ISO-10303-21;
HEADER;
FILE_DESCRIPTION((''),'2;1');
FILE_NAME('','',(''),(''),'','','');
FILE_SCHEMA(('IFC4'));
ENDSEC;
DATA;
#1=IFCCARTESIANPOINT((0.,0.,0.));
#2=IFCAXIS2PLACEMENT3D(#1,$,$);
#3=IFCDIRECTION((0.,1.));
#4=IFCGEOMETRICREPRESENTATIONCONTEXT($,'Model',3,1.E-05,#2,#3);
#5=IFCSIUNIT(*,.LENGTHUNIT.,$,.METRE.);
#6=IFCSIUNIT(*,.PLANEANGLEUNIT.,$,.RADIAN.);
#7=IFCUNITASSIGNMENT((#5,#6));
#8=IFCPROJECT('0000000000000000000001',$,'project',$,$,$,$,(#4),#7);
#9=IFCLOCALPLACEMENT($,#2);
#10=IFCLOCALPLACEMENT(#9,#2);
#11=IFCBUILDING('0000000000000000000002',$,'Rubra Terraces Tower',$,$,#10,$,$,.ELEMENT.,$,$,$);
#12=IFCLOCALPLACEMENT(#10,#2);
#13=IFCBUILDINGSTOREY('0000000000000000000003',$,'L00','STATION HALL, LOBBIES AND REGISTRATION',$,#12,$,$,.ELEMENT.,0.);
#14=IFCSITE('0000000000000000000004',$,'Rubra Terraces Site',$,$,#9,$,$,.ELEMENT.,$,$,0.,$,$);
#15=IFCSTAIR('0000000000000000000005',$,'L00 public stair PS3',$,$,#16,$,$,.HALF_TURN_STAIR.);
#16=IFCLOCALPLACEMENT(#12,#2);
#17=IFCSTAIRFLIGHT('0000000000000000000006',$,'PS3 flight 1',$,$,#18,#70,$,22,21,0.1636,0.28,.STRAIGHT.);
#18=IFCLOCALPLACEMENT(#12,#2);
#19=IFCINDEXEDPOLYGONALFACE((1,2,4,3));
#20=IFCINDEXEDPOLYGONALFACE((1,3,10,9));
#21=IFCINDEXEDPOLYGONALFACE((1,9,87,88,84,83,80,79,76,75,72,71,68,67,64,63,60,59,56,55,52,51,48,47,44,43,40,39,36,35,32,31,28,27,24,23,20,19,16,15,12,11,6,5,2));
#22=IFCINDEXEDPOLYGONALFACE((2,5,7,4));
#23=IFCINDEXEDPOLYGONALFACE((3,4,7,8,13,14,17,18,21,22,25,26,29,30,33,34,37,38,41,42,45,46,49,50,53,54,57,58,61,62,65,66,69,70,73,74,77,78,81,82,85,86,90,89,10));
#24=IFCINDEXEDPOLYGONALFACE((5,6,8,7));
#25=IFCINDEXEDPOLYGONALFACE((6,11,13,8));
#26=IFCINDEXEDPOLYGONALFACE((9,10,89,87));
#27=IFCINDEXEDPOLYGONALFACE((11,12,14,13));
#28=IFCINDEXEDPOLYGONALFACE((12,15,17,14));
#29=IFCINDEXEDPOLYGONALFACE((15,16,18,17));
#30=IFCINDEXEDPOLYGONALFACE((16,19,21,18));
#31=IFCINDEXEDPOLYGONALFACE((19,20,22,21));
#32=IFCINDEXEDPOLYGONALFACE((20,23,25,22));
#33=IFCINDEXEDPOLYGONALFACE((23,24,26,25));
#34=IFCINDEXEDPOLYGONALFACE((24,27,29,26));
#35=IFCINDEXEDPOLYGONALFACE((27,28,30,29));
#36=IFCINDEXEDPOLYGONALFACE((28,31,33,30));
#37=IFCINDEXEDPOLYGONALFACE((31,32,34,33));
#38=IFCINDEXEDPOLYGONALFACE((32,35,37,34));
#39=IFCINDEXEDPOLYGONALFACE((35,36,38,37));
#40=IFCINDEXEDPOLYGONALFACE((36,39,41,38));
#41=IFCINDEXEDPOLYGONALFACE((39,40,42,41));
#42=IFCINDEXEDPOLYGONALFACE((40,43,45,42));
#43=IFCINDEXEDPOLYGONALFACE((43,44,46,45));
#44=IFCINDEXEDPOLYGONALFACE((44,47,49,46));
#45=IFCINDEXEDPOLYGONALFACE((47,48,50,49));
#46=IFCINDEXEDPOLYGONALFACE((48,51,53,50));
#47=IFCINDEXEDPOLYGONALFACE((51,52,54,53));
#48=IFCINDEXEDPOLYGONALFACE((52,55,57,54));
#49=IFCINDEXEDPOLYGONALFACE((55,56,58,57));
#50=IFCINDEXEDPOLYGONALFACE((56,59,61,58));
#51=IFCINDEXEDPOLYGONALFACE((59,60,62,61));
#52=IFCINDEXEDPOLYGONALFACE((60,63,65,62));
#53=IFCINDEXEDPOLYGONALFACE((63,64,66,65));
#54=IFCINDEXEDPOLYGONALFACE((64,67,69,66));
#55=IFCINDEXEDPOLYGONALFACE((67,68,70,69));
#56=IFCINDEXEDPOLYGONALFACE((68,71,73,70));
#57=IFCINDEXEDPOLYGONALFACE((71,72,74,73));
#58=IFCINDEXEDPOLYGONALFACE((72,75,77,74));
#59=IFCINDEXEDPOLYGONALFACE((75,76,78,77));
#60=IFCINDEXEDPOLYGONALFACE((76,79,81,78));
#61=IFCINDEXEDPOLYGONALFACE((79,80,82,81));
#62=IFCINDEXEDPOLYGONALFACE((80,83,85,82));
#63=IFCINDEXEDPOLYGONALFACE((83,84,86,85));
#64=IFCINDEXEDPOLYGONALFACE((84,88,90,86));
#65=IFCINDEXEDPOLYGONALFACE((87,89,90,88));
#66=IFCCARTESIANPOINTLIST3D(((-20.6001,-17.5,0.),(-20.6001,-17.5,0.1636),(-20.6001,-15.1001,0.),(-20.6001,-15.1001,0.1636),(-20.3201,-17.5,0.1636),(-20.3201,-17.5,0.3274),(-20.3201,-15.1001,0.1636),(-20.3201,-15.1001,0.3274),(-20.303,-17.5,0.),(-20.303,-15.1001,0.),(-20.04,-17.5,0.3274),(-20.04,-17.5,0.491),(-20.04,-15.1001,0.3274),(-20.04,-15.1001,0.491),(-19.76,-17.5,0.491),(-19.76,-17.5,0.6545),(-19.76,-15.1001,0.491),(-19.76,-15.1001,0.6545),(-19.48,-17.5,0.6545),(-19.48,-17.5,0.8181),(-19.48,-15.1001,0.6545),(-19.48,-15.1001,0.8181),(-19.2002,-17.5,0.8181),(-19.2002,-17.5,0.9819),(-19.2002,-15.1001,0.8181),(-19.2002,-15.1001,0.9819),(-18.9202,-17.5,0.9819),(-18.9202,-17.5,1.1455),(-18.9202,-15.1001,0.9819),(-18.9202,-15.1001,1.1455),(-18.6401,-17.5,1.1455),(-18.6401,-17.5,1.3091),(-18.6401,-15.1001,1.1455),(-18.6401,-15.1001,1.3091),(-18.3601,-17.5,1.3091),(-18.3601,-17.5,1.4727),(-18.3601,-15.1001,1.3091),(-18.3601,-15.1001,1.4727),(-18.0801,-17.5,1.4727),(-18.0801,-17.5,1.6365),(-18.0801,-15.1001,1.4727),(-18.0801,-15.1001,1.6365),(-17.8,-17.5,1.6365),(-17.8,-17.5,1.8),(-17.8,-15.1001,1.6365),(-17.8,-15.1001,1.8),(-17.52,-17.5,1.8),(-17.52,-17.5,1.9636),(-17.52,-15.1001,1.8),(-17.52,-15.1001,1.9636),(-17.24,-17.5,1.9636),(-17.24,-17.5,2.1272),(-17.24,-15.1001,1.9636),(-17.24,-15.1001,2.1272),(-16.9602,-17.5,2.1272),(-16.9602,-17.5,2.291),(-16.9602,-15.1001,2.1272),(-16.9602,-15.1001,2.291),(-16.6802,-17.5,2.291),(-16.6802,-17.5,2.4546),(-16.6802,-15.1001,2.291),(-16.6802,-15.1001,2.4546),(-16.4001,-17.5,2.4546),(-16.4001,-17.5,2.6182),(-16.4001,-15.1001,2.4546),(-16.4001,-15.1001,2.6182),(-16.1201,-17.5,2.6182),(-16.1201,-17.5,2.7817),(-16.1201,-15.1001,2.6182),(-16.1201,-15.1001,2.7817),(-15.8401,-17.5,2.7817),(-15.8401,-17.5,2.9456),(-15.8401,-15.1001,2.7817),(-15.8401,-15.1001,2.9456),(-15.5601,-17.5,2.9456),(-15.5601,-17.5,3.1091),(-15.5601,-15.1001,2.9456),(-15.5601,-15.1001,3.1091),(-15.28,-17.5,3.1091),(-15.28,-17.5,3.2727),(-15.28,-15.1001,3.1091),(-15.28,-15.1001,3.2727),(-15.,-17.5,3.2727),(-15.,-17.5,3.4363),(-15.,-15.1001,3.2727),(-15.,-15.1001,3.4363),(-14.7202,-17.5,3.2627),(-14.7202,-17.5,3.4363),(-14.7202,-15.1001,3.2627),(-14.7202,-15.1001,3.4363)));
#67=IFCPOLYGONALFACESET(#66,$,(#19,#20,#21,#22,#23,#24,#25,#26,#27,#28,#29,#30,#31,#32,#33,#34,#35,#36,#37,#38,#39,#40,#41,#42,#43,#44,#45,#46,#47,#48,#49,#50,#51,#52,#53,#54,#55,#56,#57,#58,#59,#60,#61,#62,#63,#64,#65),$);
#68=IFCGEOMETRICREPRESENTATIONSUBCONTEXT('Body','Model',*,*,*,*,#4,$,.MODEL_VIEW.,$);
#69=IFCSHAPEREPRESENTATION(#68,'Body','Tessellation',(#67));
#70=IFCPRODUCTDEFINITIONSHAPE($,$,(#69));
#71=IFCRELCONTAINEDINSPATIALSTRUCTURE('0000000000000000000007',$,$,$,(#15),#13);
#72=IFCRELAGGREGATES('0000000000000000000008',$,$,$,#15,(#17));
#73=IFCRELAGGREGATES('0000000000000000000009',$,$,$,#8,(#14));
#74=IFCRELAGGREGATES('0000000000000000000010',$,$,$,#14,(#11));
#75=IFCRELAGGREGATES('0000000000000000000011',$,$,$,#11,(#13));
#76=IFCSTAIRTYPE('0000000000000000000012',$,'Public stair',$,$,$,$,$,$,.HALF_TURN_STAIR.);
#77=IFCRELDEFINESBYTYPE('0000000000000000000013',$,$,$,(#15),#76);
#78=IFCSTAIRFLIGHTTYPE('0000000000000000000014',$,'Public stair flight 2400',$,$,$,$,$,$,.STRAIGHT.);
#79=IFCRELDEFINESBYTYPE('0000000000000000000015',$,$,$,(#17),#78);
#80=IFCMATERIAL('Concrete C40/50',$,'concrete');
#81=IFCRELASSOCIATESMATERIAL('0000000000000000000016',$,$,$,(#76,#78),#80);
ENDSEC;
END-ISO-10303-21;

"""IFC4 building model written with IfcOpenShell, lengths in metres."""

from ifc_helpers import new_model, si_unit, direction, frame, origin, place, context, subcontext, project, spatial, polyline, outline, extrude, material, type_object, element, aggregate, save


model = new_model("IFC4")

# Units and contexts
model_context = context("Model", 3, precision=1e-05, world=origin(), true_north=direction((0.0, 1.0)))
body_context = subcontext(model_context, "Body", "Model", "MODEL_VIEW")
ifc_project = project(units=[si_unit("LENGTHUNIT", "METRE"), si_unit("PLANEANGLEUNIT", "RADIAN")], contexts=[model_context])

# Site, building, storey
site_placement = place(None, origin())
site = spatial("IfcSite", under=ifc_project, at=site_placement, Name="Rubra Terraces Site", CompositionType="ELEMENT", RefElevation=0.0)
building_placement = place(site_placement, origin())
building = spatial("IfcBuilding", under=site, at=building_placement, Name="Rubra Terraces Tower", CompositionType="ELEMENT")
storey_placement = place(building_placement, origin())
storey = spatial("IfcBuildingStorey", under=building, at=storey_placement, Name="L00", Description="STATION HALL, LOBBIES AND REGISTRATION", CompositionType="ELEMENT", Elevation=0.0)

# Stair, stair flight
ifc_material_1 = material(Name="Concrete C40/50", Category="concrete")
stair_type = type_object("IfcStairType", Name="Public stair", PredefinedType="HALF_TURN_STAIR", material=ifc_material_1)
stair_placement = place(storey_placement, origin())
stair = element("IfcStair", 1, at=stair_placement, inside=storey, type_object=stair_type, Name="L00 public stair PS3", PredefinedType="HALF_TURN_STAIR")
stair_flight_type = type_object("IfcStairFlightType", Name="Public stair flight 2400", PredefinedType="STRAIGHT", material=ifc_material_1)
stair_flight_placement = place(storey_placement, frame((-20.6001, -16.3, 0.0), z_axis=(0.0, 0.0, 1.0), x_axis=(1.0, 0.0, 0.0)))
stair_flight = element("IfcStairFlight", 2, at=stair_flight_placement, type_object=stair_flight_type, Name="PS3 flight 1", NumberOfRisers=22, NumberOfTreads=21, PredefinedType="STRAIGHT", RiserHeight=0.1636, TreadLength=0.28, context=body_context, shape_type="SweptSolid", body=[
    extrude(outline(polyline([(0.0, 0.0), (0.0, 0.1636), (0.28, 0.1636), (0.28, 0.3274), (0.5601, 0.3274), (0.5601, 0.491), (0.8401, 0.491), (0.8401, 0.6545), (1.1201, 0.6545), (1.1201, 0.8181), (1.3999, 0.8181), (1.3999, 0.9819), (1.6799, 0.9819), (1.6799, 1.1455), (1.96, 1.1455), (1.96, 1.3091), (2.24, 1.3091), (2.24, 1.4727), (2.52, 1.4727), (2.52, 1.6365), (2.8, 1.6365), (2.8, 1.8), (3.0801, 1.8), (3.0801, 1.9636), (3.3601, 1.9636), (3.3601, 2.1272), (3.6399, 2.1272), (3.6399, 2.291), (3.9199, 2.291), (3.9199, 2.4546), (4.2, 2.4546), (4.2, 2.6182), (4.48, 2.6182), (4.48, 2.7817), (4.76, 2.7817), (4.76, 2.9456), (5.04, 2.9456), (5.04, 3.1091), (5.3201, 3.1091), (5.3201, 3.2727), (5.6001, 3.2727), (5.6001, 3.4363), (5.8799, 3.4363), (5.8799, 3.6001), (5.8799, 3.2627), (0.2971, 0.0), (0.0, 0.0)])), frame((0.0, 1.2, 0.0), z_axis=(0.0, -1.0, 0.0), x_axis=(1.0, 0.0, 0.0)), (0.0, 0.0, 1.0), 2.3999),
])
aggregate(stair, [stair_flight])

save(model, "model.ifc")
